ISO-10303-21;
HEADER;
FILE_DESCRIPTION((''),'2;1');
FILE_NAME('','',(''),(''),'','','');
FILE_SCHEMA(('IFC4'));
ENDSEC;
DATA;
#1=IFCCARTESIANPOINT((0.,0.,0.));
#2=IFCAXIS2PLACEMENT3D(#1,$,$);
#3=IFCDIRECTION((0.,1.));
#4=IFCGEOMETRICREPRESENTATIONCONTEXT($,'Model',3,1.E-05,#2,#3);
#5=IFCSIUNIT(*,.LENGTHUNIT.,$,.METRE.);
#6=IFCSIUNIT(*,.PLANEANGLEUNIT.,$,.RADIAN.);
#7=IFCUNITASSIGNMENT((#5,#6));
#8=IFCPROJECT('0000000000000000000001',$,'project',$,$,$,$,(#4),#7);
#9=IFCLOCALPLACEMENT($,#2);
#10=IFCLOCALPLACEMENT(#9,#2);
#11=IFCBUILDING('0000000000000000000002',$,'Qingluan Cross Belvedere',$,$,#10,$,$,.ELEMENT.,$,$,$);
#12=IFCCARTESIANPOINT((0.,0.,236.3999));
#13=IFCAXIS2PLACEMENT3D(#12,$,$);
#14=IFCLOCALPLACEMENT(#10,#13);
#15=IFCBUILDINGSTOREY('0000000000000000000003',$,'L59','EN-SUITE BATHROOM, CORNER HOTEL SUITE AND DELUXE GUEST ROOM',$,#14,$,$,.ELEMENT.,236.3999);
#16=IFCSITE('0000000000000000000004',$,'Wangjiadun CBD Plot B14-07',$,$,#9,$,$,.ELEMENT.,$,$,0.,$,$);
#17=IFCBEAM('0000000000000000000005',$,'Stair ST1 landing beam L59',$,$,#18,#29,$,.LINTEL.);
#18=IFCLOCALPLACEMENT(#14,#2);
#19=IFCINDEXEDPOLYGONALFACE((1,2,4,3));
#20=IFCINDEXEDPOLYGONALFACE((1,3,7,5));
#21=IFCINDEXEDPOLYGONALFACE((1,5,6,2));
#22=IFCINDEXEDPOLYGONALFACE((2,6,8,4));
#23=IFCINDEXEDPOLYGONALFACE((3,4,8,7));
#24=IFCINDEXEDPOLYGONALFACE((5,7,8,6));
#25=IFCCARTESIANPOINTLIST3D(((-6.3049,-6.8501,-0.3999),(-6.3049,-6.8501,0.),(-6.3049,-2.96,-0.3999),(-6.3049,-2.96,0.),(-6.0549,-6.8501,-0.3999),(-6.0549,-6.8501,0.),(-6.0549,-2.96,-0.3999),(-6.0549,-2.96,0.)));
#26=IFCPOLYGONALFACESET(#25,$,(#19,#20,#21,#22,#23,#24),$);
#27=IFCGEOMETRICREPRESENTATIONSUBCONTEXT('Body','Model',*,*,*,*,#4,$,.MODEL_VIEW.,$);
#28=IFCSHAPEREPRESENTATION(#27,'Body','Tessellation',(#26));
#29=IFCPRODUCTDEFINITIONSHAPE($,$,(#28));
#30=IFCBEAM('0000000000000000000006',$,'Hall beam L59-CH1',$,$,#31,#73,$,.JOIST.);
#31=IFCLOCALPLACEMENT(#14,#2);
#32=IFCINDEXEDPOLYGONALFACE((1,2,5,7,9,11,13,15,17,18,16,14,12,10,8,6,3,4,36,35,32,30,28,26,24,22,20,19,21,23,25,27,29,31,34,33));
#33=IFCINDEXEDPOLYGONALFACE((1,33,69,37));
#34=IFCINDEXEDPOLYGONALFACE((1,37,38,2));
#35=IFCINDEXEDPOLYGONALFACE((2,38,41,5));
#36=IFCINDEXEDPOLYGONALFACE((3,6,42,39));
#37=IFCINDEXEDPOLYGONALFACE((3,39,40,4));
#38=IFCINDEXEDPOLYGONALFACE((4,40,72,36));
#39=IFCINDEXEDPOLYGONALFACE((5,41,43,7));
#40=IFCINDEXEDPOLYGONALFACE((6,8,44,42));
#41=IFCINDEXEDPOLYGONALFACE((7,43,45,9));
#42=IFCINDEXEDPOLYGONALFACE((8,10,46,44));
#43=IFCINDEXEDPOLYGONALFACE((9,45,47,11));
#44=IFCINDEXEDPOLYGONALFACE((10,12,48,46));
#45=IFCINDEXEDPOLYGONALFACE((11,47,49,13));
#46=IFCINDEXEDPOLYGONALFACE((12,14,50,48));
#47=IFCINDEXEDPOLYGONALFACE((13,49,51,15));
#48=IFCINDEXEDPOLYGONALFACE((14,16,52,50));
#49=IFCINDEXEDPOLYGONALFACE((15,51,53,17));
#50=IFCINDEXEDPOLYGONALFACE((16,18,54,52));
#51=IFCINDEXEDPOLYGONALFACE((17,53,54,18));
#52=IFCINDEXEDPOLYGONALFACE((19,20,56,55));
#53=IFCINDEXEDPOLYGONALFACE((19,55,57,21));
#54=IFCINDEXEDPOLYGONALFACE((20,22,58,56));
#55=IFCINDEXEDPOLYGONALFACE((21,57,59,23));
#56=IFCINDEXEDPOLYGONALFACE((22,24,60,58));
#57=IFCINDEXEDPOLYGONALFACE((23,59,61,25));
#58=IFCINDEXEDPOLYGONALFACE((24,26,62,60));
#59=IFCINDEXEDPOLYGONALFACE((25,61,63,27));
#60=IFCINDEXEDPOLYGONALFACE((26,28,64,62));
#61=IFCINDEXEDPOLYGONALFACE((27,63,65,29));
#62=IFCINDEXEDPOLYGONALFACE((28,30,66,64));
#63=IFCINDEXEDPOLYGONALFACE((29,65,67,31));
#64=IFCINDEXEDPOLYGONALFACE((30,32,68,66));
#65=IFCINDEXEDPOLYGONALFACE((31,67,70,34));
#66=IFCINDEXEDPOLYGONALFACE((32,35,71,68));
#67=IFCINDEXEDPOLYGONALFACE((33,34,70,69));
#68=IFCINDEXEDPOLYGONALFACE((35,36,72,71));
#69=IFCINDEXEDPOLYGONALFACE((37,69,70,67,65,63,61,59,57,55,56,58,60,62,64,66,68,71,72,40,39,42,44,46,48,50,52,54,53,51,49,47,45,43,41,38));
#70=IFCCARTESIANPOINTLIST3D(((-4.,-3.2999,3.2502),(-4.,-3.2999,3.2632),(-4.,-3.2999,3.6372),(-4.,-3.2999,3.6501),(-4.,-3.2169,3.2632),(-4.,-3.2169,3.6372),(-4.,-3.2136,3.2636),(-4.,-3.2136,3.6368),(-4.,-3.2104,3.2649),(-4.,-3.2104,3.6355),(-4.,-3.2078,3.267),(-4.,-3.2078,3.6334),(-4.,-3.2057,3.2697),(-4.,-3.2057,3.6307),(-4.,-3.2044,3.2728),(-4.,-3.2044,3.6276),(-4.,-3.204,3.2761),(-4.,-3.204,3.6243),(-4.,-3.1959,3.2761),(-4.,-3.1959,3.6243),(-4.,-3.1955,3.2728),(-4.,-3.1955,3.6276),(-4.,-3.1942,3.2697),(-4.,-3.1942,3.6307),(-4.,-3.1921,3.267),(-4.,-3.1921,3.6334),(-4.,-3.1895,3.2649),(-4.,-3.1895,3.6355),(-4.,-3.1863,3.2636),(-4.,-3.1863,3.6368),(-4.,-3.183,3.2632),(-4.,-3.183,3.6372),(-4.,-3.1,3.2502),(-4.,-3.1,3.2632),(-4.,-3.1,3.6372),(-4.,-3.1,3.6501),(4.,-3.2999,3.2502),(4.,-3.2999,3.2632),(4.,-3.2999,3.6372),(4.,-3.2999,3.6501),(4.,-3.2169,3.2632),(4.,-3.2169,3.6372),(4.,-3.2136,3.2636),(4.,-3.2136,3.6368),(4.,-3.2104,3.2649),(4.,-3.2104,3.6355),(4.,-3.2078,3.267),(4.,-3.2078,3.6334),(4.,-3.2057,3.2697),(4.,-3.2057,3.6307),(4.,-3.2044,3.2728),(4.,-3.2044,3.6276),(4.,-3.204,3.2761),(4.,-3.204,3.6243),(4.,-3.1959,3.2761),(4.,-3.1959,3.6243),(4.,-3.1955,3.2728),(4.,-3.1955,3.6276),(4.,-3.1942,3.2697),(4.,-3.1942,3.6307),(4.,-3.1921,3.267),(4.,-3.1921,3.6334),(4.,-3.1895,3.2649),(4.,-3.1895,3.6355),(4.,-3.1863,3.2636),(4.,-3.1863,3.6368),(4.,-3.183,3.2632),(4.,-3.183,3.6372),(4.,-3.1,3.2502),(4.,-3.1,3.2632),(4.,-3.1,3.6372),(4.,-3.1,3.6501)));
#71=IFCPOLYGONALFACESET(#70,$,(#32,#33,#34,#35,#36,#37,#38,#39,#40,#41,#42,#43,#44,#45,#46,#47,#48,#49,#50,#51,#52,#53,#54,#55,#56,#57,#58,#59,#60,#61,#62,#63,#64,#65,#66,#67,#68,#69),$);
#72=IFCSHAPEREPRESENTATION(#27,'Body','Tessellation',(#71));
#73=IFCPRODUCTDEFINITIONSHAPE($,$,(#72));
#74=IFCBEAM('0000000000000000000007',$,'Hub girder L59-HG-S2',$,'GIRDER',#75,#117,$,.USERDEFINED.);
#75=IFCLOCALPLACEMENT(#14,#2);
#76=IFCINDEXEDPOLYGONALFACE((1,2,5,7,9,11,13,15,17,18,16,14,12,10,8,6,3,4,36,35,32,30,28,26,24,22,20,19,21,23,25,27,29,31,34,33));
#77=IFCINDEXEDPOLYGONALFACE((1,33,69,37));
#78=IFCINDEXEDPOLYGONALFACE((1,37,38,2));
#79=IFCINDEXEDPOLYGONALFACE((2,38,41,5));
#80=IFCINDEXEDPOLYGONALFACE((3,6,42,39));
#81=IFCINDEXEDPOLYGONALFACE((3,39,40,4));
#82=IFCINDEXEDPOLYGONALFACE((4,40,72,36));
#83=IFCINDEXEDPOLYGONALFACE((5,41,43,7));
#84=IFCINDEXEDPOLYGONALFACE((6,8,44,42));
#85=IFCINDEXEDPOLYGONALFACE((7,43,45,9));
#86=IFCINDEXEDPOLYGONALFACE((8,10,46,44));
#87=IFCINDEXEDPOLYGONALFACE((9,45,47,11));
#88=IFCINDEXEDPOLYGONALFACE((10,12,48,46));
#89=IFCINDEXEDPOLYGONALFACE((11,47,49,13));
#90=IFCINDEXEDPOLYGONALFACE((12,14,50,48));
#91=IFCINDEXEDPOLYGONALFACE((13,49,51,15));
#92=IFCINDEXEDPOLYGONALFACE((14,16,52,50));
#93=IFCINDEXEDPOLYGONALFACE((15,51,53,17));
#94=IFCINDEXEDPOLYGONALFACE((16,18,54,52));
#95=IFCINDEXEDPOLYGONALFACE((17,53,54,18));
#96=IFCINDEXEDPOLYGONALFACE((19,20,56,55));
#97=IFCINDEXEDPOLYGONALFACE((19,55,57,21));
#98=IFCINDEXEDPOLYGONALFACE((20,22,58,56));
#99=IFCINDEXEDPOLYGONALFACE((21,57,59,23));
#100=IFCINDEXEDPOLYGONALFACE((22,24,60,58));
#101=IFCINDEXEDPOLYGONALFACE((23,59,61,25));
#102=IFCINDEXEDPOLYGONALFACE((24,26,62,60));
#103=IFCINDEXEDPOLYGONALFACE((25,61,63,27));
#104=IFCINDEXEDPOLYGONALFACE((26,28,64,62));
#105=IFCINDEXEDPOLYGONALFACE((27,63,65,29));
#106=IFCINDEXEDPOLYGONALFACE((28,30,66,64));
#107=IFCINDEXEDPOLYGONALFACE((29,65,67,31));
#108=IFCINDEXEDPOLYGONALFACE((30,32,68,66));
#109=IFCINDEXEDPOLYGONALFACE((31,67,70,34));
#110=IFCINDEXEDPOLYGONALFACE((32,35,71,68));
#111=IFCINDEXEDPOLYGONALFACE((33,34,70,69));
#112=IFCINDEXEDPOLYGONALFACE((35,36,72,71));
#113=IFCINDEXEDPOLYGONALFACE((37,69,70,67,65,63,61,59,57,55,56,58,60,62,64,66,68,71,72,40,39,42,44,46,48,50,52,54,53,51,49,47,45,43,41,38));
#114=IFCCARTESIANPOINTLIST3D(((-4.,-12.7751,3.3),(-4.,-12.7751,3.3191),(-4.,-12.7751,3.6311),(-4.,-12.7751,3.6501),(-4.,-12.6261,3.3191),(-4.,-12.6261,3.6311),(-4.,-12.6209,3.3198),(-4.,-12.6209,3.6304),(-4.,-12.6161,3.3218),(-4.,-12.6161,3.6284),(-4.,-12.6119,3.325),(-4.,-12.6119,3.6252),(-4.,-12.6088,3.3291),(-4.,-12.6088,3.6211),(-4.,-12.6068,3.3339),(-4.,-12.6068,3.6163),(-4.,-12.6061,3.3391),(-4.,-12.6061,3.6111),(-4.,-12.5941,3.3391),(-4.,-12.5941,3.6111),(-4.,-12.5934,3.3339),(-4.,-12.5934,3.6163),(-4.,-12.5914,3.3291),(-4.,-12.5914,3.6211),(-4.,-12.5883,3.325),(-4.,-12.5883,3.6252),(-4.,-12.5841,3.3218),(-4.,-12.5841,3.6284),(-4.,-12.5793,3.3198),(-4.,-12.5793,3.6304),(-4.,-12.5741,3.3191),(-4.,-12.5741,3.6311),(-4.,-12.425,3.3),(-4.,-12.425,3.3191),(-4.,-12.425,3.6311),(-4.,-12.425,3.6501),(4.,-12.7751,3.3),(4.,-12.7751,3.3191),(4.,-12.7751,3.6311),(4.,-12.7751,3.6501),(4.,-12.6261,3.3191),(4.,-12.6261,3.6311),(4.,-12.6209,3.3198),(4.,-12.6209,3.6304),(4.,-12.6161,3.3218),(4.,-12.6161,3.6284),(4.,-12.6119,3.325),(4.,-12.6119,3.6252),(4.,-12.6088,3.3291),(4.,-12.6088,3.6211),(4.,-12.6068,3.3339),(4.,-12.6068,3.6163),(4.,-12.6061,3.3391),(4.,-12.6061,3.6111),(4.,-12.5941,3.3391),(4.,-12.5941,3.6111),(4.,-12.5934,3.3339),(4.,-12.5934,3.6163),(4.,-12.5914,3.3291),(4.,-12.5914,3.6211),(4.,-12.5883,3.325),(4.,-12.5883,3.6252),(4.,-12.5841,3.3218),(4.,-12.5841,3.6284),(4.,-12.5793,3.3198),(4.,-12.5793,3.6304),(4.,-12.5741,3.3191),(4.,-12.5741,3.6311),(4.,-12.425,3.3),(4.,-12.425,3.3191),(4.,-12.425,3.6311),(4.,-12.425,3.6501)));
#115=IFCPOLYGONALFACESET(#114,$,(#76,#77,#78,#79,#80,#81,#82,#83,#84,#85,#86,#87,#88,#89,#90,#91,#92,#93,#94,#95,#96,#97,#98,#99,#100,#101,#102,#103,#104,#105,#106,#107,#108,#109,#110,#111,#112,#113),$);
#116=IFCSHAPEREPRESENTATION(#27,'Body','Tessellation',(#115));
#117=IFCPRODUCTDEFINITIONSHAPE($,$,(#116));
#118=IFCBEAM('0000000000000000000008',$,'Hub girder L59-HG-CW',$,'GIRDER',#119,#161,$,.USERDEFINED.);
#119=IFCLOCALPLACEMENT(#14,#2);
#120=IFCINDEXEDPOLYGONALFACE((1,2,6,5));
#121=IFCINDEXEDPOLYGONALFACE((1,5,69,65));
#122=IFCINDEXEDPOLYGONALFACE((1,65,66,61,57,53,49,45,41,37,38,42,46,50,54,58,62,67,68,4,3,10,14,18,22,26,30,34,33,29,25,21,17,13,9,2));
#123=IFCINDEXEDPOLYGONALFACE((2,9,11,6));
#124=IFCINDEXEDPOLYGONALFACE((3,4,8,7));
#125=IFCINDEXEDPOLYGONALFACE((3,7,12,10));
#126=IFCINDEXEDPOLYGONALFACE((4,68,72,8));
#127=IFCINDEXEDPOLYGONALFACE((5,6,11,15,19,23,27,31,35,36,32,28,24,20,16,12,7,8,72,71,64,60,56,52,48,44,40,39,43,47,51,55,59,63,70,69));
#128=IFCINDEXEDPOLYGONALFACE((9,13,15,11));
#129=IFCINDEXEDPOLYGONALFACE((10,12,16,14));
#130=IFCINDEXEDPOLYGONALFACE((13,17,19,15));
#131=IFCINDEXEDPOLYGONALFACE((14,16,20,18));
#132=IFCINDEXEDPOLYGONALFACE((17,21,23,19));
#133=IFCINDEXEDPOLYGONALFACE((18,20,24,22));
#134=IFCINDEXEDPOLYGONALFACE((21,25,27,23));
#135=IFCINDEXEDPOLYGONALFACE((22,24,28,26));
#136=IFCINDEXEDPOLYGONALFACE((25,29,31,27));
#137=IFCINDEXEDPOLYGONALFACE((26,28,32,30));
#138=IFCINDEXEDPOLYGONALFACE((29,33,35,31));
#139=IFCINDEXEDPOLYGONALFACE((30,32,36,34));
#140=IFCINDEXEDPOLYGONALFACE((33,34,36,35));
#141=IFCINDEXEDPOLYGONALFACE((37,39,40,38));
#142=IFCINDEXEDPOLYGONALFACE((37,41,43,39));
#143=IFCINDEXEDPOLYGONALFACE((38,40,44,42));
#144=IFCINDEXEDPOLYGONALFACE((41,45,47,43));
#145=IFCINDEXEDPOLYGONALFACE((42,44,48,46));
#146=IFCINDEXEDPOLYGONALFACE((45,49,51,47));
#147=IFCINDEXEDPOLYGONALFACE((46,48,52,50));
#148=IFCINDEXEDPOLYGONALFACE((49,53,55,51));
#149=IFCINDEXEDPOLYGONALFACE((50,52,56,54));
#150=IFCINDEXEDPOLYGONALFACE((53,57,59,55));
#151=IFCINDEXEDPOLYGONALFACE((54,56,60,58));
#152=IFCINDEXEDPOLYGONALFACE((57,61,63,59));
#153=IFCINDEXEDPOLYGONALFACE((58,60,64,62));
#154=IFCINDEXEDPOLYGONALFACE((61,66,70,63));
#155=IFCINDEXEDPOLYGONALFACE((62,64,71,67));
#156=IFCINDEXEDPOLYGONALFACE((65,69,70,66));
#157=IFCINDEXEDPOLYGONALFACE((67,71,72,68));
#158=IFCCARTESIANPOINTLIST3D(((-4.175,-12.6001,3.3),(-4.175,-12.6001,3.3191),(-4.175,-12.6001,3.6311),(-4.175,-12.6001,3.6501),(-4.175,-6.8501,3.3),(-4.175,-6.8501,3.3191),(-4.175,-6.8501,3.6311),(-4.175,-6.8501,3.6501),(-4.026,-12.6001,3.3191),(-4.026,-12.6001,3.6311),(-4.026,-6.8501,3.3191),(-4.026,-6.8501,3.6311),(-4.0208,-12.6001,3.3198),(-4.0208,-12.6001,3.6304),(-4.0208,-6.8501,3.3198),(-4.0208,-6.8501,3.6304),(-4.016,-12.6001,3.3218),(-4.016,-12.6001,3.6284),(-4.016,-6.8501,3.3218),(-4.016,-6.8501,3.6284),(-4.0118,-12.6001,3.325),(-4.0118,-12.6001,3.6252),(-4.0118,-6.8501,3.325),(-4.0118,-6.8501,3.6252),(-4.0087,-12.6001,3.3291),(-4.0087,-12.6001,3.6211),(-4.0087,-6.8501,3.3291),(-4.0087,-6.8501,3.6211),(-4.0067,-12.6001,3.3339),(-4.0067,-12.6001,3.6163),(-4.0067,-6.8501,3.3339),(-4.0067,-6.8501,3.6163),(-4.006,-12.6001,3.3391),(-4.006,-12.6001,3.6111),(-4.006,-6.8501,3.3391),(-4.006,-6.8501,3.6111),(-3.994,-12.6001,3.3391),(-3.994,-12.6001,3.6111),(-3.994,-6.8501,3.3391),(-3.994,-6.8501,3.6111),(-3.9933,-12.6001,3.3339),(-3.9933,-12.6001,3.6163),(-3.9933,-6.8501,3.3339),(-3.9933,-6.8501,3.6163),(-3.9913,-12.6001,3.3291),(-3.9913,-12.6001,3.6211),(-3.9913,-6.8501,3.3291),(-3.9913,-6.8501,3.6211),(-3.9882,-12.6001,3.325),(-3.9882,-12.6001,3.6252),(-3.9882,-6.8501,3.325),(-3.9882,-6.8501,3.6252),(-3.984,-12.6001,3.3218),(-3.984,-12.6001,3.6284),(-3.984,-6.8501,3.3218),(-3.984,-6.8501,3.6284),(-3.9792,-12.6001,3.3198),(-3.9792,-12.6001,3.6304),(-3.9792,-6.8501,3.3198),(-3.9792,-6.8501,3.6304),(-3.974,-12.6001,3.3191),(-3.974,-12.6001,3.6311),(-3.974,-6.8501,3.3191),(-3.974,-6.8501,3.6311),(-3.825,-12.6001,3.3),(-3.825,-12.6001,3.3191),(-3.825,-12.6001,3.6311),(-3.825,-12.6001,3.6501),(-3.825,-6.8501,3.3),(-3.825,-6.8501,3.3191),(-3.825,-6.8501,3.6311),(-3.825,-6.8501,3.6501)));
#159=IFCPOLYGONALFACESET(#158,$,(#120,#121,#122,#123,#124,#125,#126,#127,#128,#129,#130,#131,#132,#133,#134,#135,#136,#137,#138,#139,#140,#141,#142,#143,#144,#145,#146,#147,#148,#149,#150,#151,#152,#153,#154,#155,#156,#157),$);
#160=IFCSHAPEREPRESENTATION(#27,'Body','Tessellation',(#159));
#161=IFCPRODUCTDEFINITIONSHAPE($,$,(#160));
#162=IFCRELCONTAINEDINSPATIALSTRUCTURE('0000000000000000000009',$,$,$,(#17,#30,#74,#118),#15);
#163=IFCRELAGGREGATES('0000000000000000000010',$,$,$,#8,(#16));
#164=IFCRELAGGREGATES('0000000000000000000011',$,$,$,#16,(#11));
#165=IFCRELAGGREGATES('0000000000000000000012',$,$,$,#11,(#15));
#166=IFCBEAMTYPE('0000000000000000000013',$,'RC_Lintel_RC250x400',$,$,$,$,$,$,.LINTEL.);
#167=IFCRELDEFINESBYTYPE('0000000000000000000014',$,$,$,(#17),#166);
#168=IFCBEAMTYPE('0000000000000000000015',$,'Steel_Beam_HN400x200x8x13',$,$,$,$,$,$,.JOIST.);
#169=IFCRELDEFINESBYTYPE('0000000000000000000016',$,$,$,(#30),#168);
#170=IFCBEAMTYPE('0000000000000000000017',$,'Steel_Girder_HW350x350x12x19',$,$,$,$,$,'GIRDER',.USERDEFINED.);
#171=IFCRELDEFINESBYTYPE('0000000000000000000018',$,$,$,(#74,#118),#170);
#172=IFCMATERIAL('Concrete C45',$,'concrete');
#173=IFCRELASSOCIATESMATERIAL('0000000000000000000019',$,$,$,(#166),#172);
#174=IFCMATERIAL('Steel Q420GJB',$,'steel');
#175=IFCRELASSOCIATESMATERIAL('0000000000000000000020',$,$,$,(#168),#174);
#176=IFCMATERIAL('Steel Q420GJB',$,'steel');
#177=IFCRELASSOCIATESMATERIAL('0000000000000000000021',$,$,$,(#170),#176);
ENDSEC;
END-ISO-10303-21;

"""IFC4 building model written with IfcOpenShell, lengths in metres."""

from ifc_helpers import new_model, si_unit, direction, frame, origin, origin_2d, place, context, subcontext, project, spatial, rectangle, i_section, extrude, material, material_profile, profile_set, type_object, element, save


model = new_model("IFC4")

# Units and contexts
model_context = context("Model", 3, precision=1e-05, world=origin(), true_north=direction((0.0, 1.0)))
body_context = subcontext(model_context, "Body", "Model", "MODEL_VIEW")
ifc_project = project(units=[si_unit("LENGTHUNIT", "METRE"), si_unit("PLANEANGLEUNIT", "RADIAN")], contexts=[model_context])

# Site, building, storey
site_placement = place(None, origin())
site = spatial("IfcSite", under=ifc_project, at=site_placement, Name="Wangjiadun CBD Plot B14-07", CompositionType="ELEMENT", RefElevation=0.0)
building_placement = place(site_placement, origin())
building = spatial("IfcBuilding", under=site, at=building_placement, Name="Qingluan Cross Belvedere", CompositionType="ELEMENT")
storey_placement = place(building_placement, frame((0.0, 0.0, 236.3999)))
storey = spatial("IfcBuildingStorey", under=building, at=storey_placement, Name="L59", Description="EN-SUITE BATHROOM, CORNER HOTEL SUITE AND DELUXE GUEST ROOM", CompositionType="ELEMENT", Elevation=236.3999)

# Beams
ifc_material_1 = material(Name="Concrete C45", Category="concrete")
ifc_material_profile_1 = material_profile(ifc_material_1, rectangle(XDim=0.25, YDim=0.3999, at=origin_2d()), Name="RC250x400")
ifc_profile_set_1 = profile_set([ifc_material_profile_1], Name="Concrete C45")
beam_type_1 = type_object("IfcBeamType", Name="RC_Lintel_RC250x400", PredefinedType="LINTEL", material=ifc_profile_set_1)
beam_1_placement = place(storey_placement, frame((-6.1799, -6.8501, -0.2), z_axis=(0.0, 1.0, 0.0), x_axis=(-1.0, 0.0, 0.0)))
element("IfcBeam", 1, at=beam_1_placement, inside=storey, type_object=beam_type_1, Name="Stair ST1 landing beam L59", PredefinedType="LINTEL", context=body_context, shape_type="SweptSolid", body=[
    extrude(rectangle(XDim=0.25, YDim=0.3999, at=origin_2d()), origin(), (0.0, 0.0, 1.0), 3.8901),
])
ifc_material_2 = material(Name="Steel Q420GJB", Category="steel")
ifc_material_profile_2 = material_profile(ifc_material_2, i_section(OverallWidth=0.2, OverallDepth=0.3999, WebThickness=0.0081, FlangeThickness=0.0129, FilletRadius=0.0129, at=origin_2d()), Name="HN400x200x8x13")
ifc_profile_set_2 = profile_set([ifc_material_profile_2], Name="Steel Q420GJB")
beam_type_2 = type_object("IfcBeamType", Name="Steel_Beam_HN400x200x8x13", PredefinedType="JOIST", material=ifc_profile_set_2)
beam_2_placement = place(storey_placement, frame((-4.0, -3.2, 3.4502), z_axis=(1.0, 0.0, 0.0), x_axis=(0.0, 1.0, 0.0)))
element("IfcBeam", 2, at=beam_2_placement, inside=storey, type_object=beam_type_2, Name="Hall beam L59-CH1", PredefinedType="JOIST", context=body_context, shape_type="SweptSolid", body=[
    extrude(i_section(OverallWidth=0.2, OverallDepth=0.3999, WebThickness=0.0081, FlangeThickness=0.0129, FilletRadius=0.0129, at=origin_2d()), origin(), (0.0, 0.0, 1.0), 8.0),
])
ifc_material_3 = material(Name="Steel Q420GJB", Category="steel")
ifc_material_profile_3 = material_profile(ifc_material_3, i_section(OverallWidth=0.3501, OverallDepth=0.3501, WebThickness=0.012, FlangeThickness=0.019, FilletRadius=0.02, at=origin_2d()), Name="HW350x350x12x19")
ifc_profile_set_3 = profile_set([ifc_material_profile_3], Name="Steel Q420GJB")
beam_type_3 = type_object("IfcBeamType", Name="Steel_Girder_HW350x350x12x19", ElementType="GIRDER", PredefinedType="USERDEFINED", material=ifc_profile_set_3)
beam_3_placement = place(storey_placement, frame((-4.0, -12.6001, 3.4751), z_axis=(1.0, 0.0, 0.0), x_axis=(0.0, 1.0, 0.0)))
element("IfcBeam", 3, at=beam_3_placement, inside=storey, type_object=beam_type_3, Name="Hub girder L59-HG-S2", ObjectType="GIRDER", PredefinedType="USERDEFINED", context=body_context, shape_type="SweptSolid", body=[
    extrude(i_section(OverallWidth=0.3501, OverallDepth=0.3501, WebThickness=0.012, FlangeThickness=0.019, FilletRadius=0.02, at=origin_2d()), origin(), (0.0, 0.0, 1.0), 8.0),
])
beam_4_placement = place(storey_placement, frame((-4.0, -12.6001, 3.4751), z_axis=(0.0, 1.0, 0.0), x_axis=(-1.0, 0.0, 0.0)))
element("IfcBeam", 4, at=beam_4_placement, inside=storey, type_object=beam_type_3, Name="Hub girder L59-HG-CW", ObjectType="GIRDER", PredefinedType="USERDEFINED", context=body_context, shape_type="SweptSolid", body=[
    extrude(i_section(OverallWidth=0.3501, OverallDepth=0.3501, WebThickness=0.012, FlangeThickness=0.019, FilletRadius=0.02, at=origin_2d()), origin(), (0.0, 0.0, 1.0), 5.75),
])

save(model, "model.ifc")
